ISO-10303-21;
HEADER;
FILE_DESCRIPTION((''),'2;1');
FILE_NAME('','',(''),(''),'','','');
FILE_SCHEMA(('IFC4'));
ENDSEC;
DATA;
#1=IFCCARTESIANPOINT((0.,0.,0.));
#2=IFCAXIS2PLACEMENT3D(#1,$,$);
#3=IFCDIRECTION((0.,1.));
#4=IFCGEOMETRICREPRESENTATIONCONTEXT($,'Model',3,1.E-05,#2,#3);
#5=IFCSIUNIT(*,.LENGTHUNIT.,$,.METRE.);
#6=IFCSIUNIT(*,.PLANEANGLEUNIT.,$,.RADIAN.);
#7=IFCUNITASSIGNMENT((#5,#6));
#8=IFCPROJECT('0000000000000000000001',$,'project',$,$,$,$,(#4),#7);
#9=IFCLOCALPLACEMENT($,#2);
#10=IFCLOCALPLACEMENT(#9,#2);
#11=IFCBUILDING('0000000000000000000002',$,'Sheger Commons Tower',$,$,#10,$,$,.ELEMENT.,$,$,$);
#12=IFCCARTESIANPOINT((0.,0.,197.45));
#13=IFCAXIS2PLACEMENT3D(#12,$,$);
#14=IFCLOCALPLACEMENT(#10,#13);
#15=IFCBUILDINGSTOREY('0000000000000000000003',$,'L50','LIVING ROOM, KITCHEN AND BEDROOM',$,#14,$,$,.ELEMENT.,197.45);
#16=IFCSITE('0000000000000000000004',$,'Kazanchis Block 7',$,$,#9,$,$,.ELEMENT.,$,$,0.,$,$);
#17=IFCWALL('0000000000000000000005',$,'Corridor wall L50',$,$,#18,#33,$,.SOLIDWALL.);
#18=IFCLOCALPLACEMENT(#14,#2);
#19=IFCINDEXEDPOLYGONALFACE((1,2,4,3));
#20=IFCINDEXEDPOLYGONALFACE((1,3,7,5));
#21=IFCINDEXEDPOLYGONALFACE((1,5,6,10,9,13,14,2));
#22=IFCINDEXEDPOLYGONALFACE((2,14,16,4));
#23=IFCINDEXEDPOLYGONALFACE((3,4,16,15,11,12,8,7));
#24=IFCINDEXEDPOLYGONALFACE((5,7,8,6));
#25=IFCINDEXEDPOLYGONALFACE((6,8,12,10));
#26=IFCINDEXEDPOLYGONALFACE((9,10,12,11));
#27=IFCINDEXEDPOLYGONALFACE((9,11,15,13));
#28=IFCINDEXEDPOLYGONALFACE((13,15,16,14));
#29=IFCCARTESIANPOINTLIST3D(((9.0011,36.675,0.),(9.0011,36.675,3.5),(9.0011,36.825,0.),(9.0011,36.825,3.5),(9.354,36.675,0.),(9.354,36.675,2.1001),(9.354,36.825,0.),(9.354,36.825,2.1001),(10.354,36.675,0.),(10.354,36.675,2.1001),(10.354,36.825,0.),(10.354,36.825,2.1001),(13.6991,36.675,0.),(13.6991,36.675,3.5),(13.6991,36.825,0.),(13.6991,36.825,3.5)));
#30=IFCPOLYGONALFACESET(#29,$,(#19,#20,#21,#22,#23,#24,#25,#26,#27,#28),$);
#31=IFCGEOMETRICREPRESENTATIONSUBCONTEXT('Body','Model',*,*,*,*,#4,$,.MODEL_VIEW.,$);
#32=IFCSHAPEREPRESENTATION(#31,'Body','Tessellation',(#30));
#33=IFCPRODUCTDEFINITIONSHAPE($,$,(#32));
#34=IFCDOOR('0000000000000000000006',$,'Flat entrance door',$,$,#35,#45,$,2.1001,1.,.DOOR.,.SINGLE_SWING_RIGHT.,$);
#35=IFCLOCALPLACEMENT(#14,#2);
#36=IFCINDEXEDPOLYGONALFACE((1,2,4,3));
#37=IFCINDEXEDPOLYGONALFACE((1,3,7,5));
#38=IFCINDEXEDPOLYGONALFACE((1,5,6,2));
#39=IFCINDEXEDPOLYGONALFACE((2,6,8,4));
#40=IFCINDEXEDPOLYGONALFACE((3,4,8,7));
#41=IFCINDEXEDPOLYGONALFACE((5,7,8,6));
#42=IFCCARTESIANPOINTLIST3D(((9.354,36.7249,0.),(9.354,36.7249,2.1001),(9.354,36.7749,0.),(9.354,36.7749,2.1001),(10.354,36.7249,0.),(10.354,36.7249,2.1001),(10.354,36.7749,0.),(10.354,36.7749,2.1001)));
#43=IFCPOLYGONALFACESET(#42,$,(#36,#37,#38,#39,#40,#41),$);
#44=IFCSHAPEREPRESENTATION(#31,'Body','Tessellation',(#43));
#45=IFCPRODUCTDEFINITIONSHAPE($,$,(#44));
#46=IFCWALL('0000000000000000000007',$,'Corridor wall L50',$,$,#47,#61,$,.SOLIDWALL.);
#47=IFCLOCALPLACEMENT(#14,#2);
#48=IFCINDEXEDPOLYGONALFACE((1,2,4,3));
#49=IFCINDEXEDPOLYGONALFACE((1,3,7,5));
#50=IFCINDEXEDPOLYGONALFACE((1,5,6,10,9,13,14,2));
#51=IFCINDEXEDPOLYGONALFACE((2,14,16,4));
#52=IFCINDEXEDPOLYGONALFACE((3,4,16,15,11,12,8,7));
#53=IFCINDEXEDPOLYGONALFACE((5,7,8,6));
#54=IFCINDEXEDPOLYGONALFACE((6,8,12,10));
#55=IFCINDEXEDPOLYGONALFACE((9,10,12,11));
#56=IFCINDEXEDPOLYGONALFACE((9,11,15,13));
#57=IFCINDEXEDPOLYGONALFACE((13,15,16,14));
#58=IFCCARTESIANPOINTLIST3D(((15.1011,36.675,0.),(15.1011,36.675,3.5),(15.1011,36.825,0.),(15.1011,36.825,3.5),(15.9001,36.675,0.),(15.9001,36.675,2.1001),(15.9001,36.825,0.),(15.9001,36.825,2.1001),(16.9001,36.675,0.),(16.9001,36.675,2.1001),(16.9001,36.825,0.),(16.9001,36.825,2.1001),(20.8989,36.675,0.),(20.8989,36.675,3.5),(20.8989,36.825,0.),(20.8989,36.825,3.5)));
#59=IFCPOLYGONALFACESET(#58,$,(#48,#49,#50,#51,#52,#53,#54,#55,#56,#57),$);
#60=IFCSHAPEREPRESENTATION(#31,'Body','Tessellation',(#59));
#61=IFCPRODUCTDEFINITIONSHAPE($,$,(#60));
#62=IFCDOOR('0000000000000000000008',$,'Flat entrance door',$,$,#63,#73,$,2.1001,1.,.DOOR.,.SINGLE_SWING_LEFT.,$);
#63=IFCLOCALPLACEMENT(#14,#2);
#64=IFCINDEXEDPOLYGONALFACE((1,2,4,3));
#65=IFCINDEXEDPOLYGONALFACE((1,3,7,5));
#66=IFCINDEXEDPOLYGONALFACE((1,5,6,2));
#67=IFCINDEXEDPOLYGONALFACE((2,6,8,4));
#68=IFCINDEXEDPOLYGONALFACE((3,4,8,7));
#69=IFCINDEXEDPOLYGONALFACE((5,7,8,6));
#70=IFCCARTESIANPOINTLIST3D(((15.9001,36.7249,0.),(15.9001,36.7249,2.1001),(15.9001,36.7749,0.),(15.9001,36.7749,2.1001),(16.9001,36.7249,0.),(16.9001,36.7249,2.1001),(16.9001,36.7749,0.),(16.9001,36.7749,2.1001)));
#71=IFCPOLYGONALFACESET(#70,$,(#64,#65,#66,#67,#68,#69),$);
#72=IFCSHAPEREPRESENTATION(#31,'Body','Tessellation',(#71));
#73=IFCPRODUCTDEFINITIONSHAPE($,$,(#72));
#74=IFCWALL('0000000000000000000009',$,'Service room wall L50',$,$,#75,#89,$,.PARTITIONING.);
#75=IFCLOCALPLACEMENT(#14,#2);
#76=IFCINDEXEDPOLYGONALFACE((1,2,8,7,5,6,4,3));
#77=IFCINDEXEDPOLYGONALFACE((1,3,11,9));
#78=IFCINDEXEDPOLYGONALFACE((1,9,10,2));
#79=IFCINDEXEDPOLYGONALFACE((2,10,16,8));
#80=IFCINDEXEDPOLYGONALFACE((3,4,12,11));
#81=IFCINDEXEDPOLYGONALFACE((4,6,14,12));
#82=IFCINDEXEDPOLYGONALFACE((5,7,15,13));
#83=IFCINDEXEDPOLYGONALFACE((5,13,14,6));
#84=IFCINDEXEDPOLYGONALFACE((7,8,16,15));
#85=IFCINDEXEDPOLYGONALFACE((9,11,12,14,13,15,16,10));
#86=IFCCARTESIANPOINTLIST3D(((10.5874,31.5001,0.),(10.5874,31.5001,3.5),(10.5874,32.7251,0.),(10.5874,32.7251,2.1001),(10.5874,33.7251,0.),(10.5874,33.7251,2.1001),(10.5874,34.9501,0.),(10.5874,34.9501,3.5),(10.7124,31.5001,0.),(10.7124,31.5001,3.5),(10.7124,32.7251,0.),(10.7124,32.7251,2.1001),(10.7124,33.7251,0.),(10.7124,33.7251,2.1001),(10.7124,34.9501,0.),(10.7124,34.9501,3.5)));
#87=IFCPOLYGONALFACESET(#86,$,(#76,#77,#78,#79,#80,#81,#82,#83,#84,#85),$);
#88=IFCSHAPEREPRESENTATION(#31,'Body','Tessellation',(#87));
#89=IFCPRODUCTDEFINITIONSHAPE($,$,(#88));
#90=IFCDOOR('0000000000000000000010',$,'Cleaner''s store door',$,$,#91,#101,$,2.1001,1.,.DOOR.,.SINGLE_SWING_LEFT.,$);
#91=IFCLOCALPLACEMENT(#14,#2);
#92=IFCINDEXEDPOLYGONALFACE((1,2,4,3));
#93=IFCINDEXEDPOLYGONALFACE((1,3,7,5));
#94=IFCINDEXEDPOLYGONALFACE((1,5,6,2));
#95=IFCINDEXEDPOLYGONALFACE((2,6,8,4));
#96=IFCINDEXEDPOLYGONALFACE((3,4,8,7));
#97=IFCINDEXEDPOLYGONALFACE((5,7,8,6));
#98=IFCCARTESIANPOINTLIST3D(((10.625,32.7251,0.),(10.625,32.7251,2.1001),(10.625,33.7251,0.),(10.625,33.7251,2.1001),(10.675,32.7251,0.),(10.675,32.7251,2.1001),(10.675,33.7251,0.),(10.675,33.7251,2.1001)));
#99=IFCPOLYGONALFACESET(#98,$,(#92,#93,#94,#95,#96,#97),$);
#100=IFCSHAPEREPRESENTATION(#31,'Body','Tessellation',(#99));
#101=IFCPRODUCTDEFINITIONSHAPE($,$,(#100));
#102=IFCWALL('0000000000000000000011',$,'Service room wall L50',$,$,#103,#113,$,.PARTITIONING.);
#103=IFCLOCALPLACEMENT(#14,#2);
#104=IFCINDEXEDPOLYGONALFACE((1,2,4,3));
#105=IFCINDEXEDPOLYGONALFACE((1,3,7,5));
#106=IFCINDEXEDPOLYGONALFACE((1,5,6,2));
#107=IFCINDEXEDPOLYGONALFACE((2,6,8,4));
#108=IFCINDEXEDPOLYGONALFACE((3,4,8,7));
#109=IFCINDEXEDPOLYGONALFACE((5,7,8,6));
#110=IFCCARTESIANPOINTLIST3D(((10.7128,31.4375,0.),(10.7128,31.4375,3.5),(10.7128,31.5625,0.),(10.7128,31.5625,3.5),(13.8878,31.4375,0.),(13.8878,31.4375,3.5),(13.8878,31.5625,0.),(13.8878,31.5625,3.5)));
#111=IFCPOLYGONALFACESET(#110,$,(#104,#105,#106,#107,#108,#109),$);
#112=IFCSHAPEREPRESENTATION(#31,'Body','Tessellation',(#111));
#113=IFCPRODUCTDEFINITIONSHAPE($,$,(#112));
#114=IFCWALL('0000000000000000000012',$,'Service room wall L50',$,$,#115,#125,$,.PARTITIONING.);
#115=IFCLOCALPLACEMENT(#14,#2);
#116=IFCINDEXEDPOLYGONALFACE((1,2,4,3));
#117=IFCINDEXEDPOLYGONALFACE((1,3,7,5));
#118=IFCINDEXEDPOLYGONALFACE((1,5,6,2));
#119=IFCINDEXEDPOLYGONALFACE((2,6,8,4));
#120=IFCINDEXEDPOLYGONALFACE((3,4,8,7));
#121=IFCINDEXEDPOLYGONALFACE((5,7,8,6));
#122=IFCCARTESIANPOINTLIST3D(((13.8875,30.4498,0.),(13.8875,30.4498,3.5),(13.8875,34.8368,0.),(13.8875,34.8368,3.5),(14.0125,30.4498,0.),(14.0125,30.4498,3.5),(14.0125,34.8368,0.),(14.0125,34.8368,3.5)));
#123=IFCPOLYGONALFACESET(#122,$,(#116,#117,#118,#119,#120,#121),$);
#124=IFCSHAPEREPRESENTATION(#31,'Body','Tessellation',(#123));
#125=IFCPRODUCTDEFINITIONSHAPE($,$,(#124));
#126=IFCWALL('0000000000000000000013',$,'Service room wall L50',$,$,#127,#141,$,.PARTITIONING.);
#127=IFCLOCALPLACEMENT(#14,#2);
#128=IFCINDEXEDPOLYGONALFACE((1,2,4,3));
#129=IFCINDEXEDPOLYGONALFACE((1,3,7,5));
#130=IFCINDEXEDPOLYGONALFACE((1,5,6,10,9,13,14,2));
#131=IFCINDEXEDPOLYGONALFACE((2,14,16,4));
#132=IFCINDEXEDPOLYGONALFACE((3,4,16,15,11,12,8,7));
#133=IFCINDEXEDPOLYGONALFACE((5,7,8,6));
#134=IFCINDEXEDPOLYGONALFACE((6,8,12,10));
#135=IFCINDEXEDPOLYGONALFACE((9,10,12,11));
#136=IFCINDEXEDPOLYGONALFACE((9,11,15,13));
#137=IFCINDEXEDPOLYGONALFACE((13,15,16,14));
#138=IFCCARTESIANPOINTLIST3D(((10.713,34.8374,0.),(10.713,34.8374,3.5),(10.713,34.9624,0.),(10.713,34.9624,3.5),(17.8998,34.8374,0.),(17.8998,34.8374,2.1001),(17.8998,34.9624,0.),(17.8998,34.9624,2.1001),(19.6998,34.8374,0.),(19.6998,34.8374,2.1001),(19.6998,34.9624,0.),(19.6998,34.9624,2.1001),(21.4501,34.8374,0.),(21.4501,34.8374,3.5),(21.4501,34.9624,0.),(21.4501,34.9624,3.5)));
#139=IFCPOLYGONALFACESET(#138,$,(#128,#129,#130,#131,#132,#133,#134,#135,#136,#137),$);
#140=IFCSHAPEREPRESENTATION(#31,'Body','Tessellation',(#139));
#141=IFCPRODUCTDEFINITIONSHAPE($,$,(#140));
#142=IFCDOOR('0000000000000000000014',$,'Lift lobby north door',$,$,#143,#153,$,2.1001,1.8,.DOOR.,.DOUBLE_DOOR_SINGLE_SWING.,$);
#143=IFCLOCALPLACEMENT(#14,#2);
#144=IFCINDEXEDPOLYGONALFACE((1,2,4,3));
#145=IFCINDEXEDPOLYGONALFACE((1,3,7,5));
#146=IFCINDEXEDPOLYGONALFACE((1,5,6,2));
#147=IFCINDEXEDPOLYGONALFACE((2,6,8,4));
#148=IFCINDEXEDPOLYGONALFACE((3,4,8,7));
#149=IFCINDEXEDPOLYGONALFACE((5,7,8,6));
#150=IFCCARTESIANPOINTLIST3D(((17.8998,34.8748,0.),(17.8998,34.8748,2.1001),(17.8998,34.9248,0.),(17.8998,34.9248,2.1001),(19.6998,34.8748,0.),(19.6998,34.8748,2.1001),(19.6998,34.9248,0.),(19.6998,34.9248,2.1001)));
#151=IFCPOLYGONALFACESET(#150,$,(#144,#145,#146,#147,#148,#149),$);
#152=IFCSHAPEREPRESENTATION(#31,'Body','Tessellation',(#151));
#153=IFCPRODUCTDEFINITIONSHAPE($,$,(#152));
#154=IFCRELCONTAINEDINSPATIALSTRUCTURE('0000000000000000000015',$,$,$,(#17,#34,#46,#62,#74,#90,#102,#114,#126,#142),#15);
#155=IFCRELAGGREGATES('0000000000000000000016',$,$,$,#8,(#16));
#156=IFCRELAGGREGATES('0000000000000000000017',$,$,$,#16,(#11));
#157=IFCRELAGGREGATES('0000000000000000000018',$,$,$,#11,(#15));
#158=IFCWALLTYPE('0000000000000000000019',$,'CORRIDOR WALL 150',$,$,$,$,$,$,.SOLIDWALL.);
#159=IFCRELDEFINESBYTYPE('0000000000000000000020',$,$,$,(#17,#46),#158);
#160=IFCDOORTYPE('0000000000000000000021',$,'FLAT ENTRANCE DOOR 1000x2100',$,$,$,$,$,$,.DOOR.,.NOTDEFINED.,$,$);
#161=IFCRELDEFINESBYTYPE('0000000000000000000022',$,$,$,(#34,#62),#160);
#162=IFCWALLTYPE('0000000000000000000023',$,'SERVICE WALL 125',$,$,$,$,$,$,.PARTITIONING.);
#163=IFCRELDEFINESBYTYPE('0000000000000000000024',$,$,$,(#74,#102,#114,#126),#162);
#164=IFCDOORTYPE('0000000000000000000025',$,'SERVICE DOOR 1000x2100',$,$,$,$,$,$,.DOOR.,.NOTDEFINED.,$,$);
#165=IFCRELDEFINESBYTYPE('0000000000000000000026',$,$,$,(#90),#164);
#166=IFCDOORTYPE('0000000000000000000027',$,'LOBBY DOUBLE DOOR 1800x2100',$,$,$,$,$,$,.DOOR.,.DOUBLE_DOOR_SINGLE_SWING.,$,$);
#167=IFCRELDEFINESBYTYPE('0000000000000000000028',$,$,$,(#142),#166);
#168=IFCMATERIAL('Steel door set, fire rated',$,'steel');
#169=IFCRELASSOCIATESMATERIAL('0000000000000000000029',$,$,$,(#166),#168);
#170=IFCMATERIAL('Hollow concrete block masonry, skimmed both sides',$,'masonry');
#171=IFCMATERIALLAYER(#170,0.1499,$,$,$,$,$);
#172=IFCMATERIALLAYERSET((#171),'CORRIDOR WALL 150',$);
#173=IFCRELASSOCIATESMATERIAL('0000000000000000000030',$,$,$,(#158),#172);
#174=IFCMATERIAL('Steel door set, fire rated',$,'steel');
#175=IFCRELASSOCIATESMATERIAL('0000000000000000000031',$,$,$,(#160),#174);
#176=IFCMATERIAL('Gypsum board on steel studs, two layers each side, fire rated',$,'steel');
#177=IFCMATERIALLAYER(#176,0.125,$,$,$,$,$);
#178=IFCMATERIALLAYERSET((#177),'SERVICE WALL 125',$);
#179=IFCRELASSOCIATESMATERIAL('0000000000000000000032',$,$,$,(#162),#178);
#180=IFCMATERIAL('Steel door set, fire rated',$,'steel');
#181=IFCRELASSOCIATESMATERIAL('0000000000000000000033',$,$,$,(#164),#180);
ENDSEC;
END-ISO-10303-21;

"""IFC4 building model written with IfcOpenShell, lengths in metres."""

from ifc_helpers import new_model, si_unit, direction, frame, frame_2d, origin, place, context, subcontext, project, spatial, rectangle, extrude, material, layer, layer_set, type_object, element, fill, save


model = new_model("IFC4")

# Units and contexts
model_context = context("Model", 3, precision=1e-05, world=origin(), true_north=direction((0.0, 1.0)))
body_context = subcontext(model_context, "Body", "Model", "MODEL_VIEW")
ifc_project = project(units=[si_unit("LENGTHUNIT", "METRE"), si_unit("PLANEANGLEUNIT", "RADIAN")], contexts=[model_context])

# Site, building, storey
site_placement = place(None, origin())
site = spatial("IfcSite", under=ifc_project, at=site_placement, Name="Kazanchis Block 7", CompositionType="ELEMENT", RefElevation=0.0)
building_placement = place(site_placement, origin())
building = spatial("IfcBuilding", under=site, at=building_placement, Name="Sheger Commons Tower", CompositionType="ELEMENT")
storey_placement = place(building_placement, frame((0.0, 0.0, 197.45)))
storey = spatial("IfcBuildingStorey", under=building, at=storey_placement, Name="L50", Description="LIVING ROOM, KITCHEN AND BEDROOM", CompositionType="ELEMENT", Elevation=197.45)

# Shared definitions
ifc_material_1 = material(Name="Steel door set, fire rated", Category="steel")
door_type_1 = type_object("IfcDoorType", Name="LOBBY DOUBLE DOOR 1800x2100", OperationType="DOUBLE_DOOR_SINGLE_SWING", PredefinedType="DOOR", material=ifc_material_1)

# Walls, openings, doors
ifc_material_2 = material(Name="Hollow concrete block masonry, skimmed both sides", Category="masonry")
ifc_layer_1 = layer(ifc_material_2, 0.1499)
ifc_layer_set_1 = layer_set([ifc_layer_1], Name="CORRIDOR WALL 150")
wall_type_1 = type_object("IfcWallType", Name="CORRIDOR WALL 150", PredefinedType="SOLIDWALL", material=ifc_layer_set_1)
wall_1_placement = place(storey_placement, frame((9.001, 36.75, 0.0), z_axis=(0.0, 0.0, 1.0), x_axis=(1.0, 0.0, 0.0)))
wall_1 = element("IfcWall", 1, at=wall_1_placement, inside=storey, type_object=wall_type_1, Name="Corridor wall L50", PredefinedType="SOLIDWALL", context=body_context, shape_type="SweptSolid", body=[
    extrude(rectangle(XDim=4.698, YDim=0.1499, at=frame_2d((2.3491, 0.0))), origin(), (0.0, 0.0, 1.0), 3.5),
])
opening_1_placement = place(wall_1_placement, frame((0.353, 0.0, 0.0)))
opening_1 = element("IfcOpeningElement", 2, at=opening_1_placement, cuts=wall_1, PredefinedType="OPENING", context=body_context, shape_type="SweptSolid", body=[
    extrude(rectangle(XDim=1.0, YDim=2.1001, at=frame_2d((0.5, 1.05))), frame((0.0, 0.085, 0.0), z_axis=(0.0, -1.0, 0.0), x_axis=(1.0, 0.0, 0.0)), (0.0, 0.0, 1.0), 0.1699),
])
ifc_material_3 = material(Name="Steel door set, fire rated", Category="steel")
door_type_2 = type_object("IfcDoorType", Name="FLAT ENTRANCE DOOR 1000x2100", OperationType="NOTDEFINED", PredefinedType="DOOR", material=ifc_material_3)
door_1_placement = place(opening_1_placement, origin())
door_1 = element("IfcDoor", 3, at=door_1_placement, inside=storey, type_object=door_type_2, Name="Flat entrance door", OperationType="SINGLE_SWING_RIGHT", OverallHeight=2.1001, OverallWidth=1.0, PredefinedType="DOOR", context=body_context, shape_type="SweptSolid", body=[
    extrude(rectangle(XDim=1.0, YDim=2.1001, at=frame_2d((0.5, 1.05))), frame((0.0, 0.0249, 0.0), z_axis=(0.0, -1.0, 0.0), x_axis=(1.0, 0.0, 0.0)), (0.0, 0.0, 1.0), 0.05),
])
fill(opening_1, door_1)
wall_2_placement = place(storey_placement, frame((15.1011, 36.75, 0.0), z_axis=(0.0, 0.0, 1.0), x_axis=(1.0, 0.0, 0.0)))
wall_2 = element("IfcWall", 4, at=wall_2_placement, inside=storey, type_object=wall_type_1, Name="Corridor wall L50", PredefinedType="SOLIDWALL", context=body_context, shape_type="SweptSolid", body=[
    extrude(rectangle(XDim=5.7979, YDim=0.1499, at=frame_2d((2.8989, 0.0))), origin(), (0.0, 0.0, 1.0), 3.5),
])
opening_2_placement = place(wall_2_placement, frame((0.7991, 0.0, 0.0)))
opening_2 = element("IfcOpeningElement", 5, at=opening_2_placement, cuts=wall_2, PredefinedType="OPENING", context=body_context, shape_type="SweptSolid", body=[
    extrude(rectangle(XDim=1.0, YDim=2.1001, at=frame_2d((0.5, 1.05))), frame((0.0, 0.085, 0.0), z_axis=(0.0, -1.0, 0.0), x_axis=(1.0, 0.0, 0.0)), (0.0, 0.0, 1.0), 0.1699),
])
door_2_placement = place(opening_2_placement, origin())
door_2 = element("IfcDoor", 6, at=door_2_placement, inside=storey, type_object=door_type_2, Name="Flat entrance door", OperationType="SINGLE_SWING_LEFT", OverallHeight=2.1001, OverallWidth=1.0, PredefinedType="DOOR", context=body_context, shape_type="SweptSolid", body=[
    extrude(rectangle(XDim=1.0, YDim=2.1001, at=frame_2d((0.5, 1.05))), frame((0.0, 0.0249, 0.0), z_axis=(0.0, -1.0, 0.0), x_axis=(1.0, 0.0, 0.0)), (0.0, 0.0, 1.0), 0.05),
])
fill(opening_2, door_2)
ifc_material_4 = material(Name="Gypsum board on steel studs, two layers each side, fire rated", Category="steel")
ifc_layer_2 = layer(ifc_material_4, 0.125)
ifc_layer_set_2 = layer_set([ifc_layer_2], Name="SERVICE WALL 125")
wall_type_2 = type_object("IfcWallType", Name="SERVICE WALL 125", PredefinedType="PARTITIONING", material=ifc_layer_set_2)
wall_3_placement = place(storey_placement, frame((10.6499, 31.5, 0.0), z_axis=(0.0, 0.0, 1.0), x_axis=(0.0, 1.0, 0.0)))
wall_3 = element("IfcWall", 7, at=wall_3_placement, inside=storey, type_object=wall_type_2, Name="Service room wall L50", PredefinedType="PARTITIONING", context=body_context, shape_type="SweptSolid", body=[
    extrude(rectangle(XDim=3.45, YDim=0.125, at=frame_2d((1.7251, 0.0))), origin(), (0.0, 0.0, 1.0), 3.5),
])
opening_3_placement = place(wall_3_placement, frame((1.2251, 0.0, 0.0)))
opening_3 = element("IfcOpeningElement", 8, at=opening_3_placement, cuts=wall_3, PredefinedType="OPENING", context=body_context, shape_type="SweptSolid", body=[
    extrude(rectangle(XDim=1.0, YDim=2.1001, at=frame_2d((0.5, 1.05))), frame((0.0, 0.0725, 0.0), z_axis=(0.0, -1.0, 0.0), x_axis=(1.0, 0.0, 0.0)), (0.0, 0.0, 1.0), 0.145),
])
ifc_material_5 = material(Name="Steel door set, fire rated", Category="steel")
door_type_3 = type_object("IfcDoorType", Name="SERVICE DOOR 1000x2100", OperationType="NOTDEFINED", PredefinedType="DOOR", material=ifc_material_5)
door_3_placement = place(opening_3_placement, origin())
door_3 = element("IfcDoor", 9, at=door_3_placement, inside=storey, type_object=door_type_3, Name="Cleaner's store door", OperationType="SINGLE_SWING_LEFT", OverallHeight=2.1001, OverallWidth=1.0, PredefinedType="DOOR", context=body_context, shape_type="SweptSolid", body=[
    extrude(rectangle(XDim=1.0, YDim=2.1001, at=frame_2d((0.5, 1.05))), frame((0.0, 0.0249, 0.0), z_axis=(0.0, -1.0, 0.0), x_axis=(1.0, 0.0, 0.0)), (0.0, 0.0, 1.0), 0.05),
])
fill(opening_3, door_3)

# Walls
wall_4_placement = place(storey_placement, frame((10.7129, 31.5, 0.0), z_axis=(0.0, 0.0, 1.0), x_axis=(1.0, 0.0, 0.0)))
element("IfcWall", 10, at=wall_4_placement, inside=storey, type_object=wall_type_2, Name="Service room wall L50", PredefinedType="PARTITIONING", context=body_context, shape_type="SweptSolid", body=[
    extrude(rectangle(XDim=3.175, YDim=0.125, at=frame_2d((1.5874, 0.0))), origin(), (0.0, 0.0, 1.0), 3.5),
])
wall_5_placement = place(storey_placement, frame((13.95, 30.45, 0.0), z_axis=(0.0, 0.0, 1.0), x_axis=(0.0, 1.0, 0.0)))
element("IfcWall", 11, at=wall_5_placement, inside=storey, type_object=wall_type_2, Name="Service room wall L50", PredefinedType="PARTITIONING", context=body_context, shape_type="SweptSolid", body=[
    extrude(rectangle(XDim=4.387, YDim=0.125, at=frame_2d((2.1934, 0.0))), origin(), (0.0, 0.0, 1.0), 3.5),
])

# Wall, opening, door
wall_6_placement = place(storey_placement, frame((10.7129, 34.8999, 0.0), z_axis=(0.0, 0.0, 1.0), x_axis=(1.0, 0.0, 0.0)))
wall_6 = element("IfcWall", 12, at=wall_6_placement, inside=storey, type_object=wall_type_2, Name="Service room wall L50", PredefinedType="PARTITIONING", context=body_context, shape_type="SweptSolid", body=[
    extrude(rectangle(XDim=10.7371, YDim=0.125, at=frame_2d((5.3687, 0.0))), origin(), (0.0, 0.0, 1.0), 3.5),
])
opening_4_placement = place(wall_6_placement, frame((7.187, 0.0, 0.0)))
opening_4 = element("IfcOpeningElement", 13, at=opening_4_placement, cuts=wall_6, PredefinedType="OPENING", context=body_context, shape_type="SweptSolid", body=[
    extrude(rectangle(XDim=1.8, YDim=2.1001, at=frame_2d((0.8999, 1.05))), frame((0.0, 0.0725, 0.0), z_axis=(0.0, -1.0, 0.0), x_axis=(1.0, 0.0, 0.0)), (0.0, 0.0, 1.0), 0.145),
])
door_4_placement = place(opening_4_placement, origin())
door_4 = element("IfcDoor", 14, at=door_4_placement, inside=storey, type_object=door_type_1, Name="Lift lobby north door", OperationType="DOUBLE_DOOR_SINGLE_SWING", OverallHeight=2.1001, OverallWidth=1.8, PredefinedType="DOOR", context=body_context, shape_type="SweptSolid", body=[
    extrude(rectangle(XDim=1.8, YDim=2.1001, at=frame_2d((0.8999, 1.05))), frame((0.0, 0.0249, 0.0), z_axis=(0.0, -1.0, 0.0), x_axis=(1.0, 0.0, 0.0)), (0.0, 0.0, 1.0), 0.05),
])
fill(opening_4, door_4)

save(model, "model.ifc")
